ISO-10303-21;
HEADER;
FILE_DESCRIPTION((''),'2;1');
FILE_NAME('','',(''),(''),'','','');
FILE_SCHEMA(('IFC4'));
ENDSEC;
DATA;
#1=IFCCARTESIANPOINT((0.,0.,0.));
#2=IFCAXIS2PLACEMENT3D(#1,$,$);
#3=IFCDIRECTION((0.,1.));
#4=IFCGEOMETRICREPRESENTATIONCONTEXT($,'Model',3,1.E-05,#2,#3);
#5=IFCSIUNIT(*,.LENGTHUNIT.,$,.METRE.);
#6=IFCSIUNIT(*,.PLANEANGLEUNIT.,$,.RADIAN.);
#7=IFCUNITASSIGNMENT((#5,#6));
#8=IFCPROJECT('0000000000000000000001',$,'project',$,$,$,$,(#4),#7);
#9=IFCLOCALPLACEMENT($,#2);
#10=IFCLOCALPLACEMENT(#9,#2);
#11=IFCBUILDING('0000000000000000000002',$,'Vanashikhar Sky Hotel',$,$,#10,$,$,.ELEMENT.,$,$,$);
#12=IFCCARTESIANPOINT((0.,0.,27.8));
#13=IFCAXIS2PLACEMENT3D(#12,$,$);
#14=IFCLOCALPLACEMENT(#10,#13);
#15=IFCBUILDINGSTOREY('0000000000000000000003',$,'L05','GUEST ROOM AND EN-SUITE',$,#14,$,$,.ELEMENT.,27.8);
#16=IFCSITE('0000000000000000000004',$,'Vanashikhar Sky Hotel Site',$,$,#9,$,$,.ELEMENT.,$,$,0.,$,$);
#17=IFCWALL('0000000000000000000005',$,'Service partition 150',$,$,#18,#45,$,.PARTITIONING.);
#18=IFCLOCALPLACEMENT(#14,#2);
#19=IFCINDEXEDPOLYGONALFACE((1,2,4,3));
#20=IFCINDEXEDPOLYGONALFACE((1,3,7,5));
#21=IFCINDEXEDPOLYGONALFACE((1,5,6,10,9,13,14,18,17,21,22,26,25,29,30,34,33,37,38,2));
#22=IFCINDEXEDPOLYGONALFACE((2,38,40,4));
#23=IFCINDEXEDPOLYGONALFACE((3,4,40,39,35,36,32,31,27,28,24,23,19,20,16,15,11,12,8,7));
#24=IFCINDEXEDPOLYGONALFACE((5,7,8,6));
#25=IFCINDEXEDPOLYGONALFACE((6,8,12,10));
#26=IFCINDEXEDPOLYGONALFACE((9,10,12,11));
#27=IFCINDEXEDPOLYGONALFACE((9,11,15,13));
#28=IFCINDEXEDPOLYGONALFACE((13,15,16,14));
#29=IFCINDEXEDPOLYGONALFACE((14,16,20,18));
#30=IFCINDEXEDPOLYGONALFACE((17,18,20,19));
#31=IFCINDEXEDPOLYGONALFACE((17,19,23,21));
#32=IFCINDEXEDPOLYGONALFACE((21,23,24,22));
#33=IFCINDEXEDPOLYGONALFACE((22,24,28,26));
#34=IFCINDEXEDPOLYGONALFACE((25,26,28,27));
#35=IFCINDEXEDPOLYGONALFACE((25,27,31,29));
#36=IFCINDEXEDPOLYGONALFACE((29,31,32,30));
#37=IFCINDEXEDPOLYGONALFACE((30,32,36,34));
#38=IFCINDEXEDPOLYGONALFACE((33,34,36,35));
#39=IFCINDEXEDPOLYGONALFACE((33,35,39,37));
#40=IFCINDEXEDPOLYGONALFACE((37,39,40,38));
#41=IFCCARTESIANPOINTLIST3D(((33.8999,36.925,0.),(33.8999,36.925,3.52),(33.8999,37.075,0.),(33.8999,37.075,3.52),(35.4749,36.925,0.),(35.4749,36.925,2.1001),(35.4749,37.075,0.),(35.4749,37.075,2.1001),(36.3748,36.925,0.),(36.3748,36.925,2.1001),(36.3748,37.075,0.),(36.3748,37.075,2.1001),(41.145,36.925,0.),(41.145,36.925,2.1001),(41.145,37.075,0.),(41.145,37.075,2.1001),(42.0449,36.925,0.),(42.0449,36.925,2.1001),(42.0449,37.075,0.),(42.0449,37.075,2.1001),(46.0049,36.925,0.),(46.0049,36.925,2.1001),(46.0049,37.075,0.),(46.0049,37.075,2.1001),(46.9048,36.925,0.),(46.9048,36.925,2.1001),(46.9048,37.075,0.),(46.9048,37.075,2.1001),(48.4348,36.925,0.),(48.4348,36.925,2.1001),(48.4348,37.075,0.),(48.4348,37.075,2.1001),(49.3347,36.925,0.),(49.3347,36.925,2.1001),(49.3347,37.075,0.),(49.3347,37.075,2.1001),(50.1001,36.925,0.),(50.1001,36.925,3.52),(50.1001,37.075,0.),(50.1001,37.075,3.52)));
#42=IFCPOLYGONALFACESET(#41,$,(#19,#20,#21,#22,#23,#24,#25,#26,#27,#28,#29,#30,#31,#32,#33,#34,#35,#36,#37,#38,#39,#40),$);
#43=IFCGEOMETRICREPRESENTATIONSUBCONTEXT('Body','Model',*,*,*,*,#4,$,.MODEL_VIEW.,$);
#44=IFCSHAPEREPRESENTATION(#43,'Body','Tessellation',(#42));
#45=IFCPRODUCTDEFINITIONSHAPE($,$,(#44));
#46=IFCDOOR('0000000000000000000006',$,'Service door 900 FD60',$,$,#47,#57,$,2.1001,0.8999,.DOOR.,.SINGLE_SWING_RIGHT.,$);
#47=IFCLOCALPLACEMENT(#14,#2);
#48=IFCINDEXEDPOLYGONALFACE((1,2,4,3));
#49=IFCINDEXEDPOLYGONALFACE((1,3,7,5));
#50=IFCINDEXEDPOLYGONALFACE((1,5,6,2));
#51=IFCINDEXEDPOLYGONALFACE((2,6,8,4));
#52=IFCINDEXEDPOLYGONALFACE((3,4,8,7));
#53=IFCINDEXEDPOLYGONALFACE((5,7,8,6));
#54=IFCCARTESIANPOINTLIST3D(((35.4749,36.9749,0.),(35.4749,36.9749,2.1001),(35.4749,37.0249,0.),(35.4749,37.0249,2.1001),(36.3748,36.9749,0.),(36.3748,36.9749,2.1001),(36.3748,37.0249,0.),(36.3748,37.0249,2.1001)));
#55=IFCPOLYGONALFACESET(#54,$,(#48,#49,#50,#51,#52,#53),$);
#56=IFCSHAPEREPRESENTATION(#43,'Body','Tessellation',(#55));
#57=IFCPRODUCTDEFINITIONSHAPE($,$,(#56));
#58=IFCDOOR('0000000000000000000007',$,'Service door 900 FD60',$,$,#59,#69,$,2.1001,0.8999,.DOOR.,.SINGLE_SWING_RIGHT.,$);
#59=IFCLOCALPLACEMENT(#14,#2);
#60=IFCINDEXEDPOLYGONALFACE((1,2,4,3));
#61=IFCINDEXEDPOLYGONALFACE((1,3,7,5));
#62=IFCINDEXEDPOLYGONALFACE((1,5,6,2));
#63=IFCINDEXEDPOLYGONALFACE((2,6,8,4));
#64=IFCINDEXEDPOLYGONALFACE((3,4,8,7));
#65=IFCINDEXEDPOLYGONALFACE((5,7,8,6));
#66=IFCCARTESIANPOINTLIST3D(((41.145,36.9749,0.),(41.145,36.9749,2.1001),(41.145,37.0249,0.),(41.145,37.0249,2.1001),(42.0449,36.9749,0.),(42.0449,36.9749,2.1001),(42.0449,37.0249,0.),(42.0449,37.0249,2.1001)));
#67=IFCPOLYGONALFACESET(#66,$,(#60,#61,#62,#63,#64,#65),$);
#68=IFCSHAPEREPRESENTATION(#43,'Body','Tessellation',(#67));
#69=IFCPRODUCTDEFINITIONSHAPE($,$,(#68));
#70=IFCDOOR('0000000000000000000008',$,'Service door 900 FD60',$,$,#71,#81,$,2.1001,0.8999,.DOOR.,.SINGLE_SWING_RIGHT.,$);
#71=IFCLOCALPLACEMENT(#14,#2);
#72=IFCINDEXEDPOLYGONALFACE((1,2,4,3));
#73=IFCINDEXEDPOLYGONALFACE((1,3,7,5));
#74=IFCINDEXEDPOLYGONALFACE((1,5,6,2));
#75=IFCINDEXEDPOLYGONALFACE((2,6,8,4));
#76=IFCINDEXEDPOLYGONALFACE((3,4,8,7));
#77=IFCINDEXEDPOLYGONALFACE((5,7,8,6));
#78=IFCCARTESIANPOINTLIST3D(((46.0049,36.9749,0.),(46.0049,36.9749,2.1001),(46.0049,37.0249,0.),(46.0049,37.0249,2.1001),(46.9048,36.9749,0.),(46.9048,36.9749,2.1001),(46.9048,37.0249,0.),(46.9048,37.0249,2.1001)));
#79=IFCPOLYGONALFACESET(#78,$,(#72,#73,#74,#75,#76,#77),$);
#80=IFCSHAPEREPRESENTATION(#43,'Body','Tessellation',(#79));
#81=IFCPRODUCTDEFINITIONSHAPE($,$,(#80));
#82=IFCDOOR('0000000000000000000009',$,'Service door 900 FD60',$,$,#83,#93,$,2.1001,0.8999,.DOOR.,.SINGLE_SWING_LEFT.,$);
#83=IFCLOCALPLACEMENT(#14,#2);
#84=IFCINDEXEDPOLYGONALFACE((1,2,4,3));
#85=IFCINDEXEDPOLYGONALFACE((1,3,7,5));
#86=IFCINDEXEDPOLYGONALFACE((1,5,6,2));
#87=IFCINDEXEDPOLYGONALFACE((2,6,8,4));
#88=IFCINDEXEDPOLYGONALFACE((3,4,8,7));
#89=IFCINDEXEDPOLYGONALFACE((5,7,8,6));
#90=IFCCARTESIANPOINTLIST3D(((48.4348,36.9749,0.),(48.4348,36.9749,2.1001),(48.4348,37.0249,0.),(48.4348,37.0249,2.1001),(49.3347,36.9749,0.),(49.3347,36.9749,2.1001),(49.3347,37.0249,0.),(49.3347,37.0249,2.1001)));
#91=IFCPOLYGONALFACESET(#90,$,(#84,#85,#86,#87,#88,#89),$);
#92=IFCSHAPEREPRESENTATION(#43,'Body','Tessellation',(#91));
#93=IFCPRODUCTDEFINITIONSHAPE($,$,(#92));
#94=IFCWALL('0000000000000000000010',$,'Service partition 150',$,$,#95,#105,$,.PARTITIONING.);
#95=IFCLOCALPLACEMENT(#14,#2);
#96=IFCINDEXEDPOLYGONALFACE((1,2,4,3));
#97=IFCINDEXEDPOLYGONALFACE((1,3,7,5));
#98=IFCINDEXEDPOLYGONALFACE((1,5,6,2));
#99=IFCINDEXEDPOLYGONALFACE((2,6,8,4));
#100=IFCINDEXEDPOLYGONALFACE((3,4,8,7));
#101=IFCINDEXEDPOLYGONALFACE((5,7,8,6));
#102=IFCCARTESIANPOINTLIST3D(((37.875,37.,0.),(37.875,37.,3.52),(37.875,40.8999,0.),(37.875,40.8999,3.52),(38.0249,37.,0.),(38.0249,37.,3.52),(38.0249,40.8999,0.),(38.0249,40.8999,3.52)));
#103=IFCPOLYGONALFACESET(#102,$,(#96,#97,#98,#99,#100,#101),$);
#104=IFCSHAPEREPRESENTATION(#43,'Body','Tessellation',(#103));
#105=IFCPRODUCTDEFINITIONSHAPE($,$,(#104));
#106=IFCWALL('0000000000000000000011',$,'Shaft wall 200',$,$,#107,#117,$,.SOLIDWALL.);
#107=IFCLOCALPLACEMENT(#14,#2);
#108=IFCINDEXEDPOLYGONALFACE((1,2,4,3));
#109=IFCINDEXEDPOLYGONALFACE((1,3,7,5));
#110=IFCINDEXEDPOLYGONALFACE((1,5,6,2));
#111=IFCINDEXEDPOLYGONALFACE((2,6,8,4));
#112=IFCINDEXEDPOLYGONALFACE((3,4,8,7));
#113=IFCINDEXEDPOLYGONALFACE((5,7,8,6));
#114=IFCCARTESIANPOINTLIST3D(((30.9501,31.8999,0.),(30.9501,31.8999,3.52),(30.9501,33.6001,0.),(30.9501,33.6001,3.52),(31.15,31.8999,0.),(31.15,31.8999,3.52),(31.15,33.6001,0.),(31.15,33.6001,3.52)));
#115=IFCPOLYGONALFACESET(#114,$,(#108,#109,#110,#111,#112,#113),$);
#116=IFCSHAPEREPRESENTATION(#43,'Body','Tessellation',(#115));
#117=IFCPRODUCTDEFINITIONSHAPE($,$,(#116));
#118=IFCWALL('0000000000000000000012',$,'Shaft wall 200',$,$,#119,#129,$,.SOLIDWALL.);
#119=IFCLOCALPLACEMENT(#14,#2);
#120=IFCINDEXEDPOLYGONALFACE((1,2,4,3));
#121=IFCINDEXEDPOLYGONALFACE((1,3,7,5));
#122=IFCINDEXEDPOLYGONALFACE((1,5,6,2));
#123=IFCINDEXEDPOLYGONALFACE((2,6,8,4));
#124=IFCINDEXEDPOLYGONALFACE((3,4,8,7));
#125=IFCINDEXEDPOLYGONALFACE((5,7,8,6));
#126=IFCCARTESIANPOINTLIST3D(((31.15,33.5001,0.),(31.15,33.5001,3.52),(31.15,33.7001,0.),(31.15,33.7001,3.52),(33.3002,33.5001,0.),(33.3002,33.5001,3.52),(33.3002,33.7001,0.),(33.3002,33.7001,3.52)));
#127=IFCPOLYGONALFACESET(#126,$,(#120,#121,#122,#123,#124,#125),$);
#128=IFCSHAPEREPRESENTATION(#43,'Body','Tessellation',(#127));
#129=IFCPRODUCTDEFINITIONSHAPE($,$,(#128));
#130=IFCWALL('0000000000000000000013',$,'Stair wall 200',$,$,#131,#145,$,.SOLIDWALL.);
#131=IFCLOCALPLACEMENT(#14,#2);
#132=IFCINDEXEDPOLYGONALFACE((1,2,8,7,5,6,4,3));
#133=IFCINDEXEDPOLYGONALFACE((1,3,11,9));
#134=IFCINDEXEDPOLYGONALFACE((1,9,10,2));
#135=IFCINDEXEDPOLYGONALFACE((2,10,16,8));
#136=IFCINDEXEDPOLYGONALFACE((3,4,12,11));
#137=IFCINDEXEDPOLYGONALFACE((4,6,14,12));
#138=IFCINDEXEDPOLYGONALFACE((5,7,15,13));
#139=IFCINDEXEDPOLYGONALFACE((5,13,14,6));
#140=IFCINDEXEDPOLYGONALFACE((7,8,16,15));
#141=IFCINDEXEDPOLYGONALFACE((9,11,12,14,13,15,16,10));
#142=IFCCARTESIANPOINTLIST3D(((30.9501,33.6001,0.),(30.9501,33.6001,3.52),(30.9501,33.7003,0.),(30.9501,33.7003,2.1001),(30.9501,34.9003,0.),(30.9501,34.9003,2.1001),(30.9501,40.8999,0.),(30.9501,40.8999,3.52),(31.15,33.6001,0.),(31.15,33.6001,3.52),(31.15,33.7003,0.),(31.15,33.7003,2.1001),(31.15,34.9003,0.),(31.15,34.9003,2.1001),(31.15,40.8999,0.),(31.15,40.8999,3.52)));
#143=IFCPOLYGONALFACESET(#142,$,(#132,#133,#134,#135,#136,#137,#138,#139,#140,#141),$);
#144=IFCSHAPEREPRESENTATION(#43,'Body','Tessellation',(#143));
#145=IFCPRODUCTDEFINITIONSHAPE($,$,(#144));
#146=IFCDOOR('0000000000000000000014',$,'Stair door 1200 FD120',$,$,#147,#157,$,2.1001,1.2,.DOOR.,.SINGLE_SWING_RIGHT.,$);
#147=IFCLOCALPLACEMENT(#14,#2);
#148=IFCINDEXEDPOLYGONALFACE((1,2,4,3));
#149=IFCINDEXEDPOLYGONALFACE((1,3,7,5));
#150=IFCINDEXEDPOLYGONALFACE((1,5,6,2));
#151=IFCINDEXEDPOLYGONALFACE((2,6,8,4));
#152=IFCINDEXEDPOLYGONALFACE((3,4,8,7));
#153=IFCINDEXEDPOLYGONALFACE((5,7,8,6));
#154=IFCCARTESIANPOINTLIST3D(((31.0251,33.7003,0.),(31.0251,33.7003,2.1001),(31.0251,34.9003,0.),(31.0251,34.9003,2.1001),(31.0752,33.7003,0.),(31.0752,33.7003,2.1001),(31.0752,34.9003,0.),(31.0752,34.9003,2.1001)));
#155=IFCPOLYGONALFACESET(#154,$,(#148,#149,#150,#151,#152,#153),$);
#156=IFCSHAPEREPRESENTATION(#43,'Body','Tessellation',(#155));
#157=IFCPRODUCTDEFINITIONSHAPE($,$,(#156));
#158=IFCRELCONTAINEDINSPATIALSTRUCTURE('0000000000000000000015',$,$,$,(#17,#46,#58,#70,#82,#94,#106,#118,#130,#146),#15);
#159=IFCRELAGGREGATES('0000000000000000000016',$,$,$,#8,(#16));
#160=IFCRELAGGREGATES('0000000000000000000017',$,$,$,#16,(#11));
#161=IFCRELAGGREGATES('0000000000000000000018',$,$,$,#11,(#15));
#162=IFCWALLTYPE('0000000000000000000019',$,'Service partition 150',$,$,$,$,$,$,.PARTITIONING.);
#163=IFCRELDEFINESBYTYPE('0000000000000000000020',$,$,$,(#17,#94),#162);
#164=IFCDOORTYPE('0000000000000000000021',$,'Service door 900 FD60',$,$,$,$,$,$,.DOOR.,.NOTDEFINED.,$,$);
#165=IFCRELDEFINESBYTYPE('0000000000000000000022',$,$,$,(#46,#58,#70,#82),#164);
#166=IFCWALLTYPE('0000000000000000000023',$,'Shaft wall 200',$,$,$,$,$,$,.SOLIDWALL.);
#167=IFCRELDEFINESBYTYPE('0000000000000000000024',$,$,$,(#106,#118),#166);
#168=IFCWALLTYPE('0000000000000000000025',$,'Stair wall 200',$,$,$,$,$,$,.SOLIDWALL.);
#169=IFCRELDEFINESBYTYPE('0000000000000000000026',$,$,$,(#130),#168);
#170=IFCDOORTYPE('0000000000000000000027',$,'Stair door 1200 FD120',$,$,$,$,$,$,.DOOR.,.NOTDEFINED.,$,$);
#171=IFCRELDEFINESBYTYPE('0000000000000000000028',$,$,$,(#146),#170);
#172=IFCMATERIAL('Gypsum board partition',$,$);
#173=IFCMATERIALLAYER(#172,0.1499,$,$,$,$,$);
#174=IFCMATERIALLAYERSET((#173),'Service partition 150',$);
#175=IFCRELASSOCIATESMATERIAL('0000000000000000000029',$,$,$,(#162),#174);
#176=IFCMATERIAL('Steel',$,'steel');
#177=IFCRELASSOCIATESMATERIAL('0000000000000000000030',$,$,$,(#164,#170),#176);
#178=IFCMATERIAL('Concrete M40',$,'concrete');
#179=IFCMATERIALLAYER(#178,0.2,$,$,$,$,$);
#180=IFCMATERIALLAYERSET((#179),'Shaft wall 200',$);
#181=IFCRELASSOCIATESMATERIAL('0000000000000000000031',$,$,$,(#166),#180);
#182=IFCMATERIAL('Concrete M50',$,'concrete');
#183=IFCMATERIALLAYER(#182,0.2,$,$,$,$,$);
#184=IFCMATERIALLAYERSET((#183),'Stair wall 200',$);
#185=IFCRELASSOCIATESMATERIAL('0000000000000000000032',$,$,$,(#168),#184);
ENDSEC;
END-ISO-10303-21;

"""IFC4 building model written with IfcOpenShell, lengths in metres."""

from ifc_helpers import new_model, si_unit, direction, frame, frame_2d, origin, place, context, subcontext, project, spatial, rectangle, extrude, source, transform, mapped, material, layer, layer_set, type_object, element, fill, save


model = new_model("IFC4")

# Units and contexts
model_context = context("Model", 3, precision=1e-05, world=origin(), true_north=direction((0.0, 1.0)))
body_context = subcontext(model_context, "Body", "Model", "MODEL_VIEW")
ifc_project = project(units=[si_unit("LENGTHUNIT", "METRE"), si_unit("PLANEANGLEUNIT", "RADIAN")], contexts=[model_context])

# Site, building, storey
site_placement = place(None, origin())
site = spatial("IfcSite", under=ifc_project, at=site_placement, Name="Vanashikhar Sky Hotel Site", CompositionType="ELEMENT", RefElevation=0.0)
building_placement = place(site_placement, origin())
building = spatial("IfcBuilding", under=site, at=building_placement, Name="Vanashikhar Sky Hotel", CompositionType="ELEMENT")
storey_placement = place(building_placement, frame((0.0, 0.0, 27.8)))
storey = spatial("IfcBuildingStorey", under=building, at=storey_placement, Name="L05", Description="GUEST ROOM AND EN-SUITE", CompositionType="ELEMENT", Elevation=27.8)

# Shared definitions
ifc_material_1 = material(Name="Steel", Category="steel")

# Shared definitions
ifc_material_2 = material(Name="Gypsum board partition")
ifc_layer_1 = layer(ifc_material_2, 0.1499)
ifc_layer_set_1 = layer_set([ifc_layer_1], Name="Service partition 150")
wall_type_1 = type_object("IfcWallType", Name="Service partition 150", PredefinedType="PARTITIONING", material=ifc_layer_set_1)

# Wall, openings, doors
shared_shape_1 = source(origin(), body_context, "Body", "SweptSolid", [
    extrude(rectangle(XDim=0.8999, YDim=2.1001, at=frame_2d((0.45, 1.05))), frame((0.0, 0.085, 0.0), z_axis=(0.0, -1.0, 0.0), x_axis=(1.0, 0.0, 0.0)), (0.0, 0.0, 1.0), 0.1699),
])
door_type_1 = type_object("IfcDoorType", Name="Service door 900 FD60", OperationType="NOTDEFINED", PredefinedType="DOOR", material=ifc_material_1)
shared_shape_2 = source(origin(), body_context, "Body", "SweptSolid", [
    extrude(rectangle(XDim=0.8999, YDim=2.1001, at=frame_2d((0.45, 1.05))), frame((0.0, 0.0249, 0.0), z_axis=(0.0, -1.0, 0.0), x_axis=(1.0, 0.0, 0.0)), (0.0, 0.0, 1.0), 0.05),
])
shared_shape_3 = source(origin(), body_context, "Body", "SweptSolid", [
    extrude(rectangle(XDim=16.2002, YDim=0.1499, at=frame_2d((8.1001, 0.0))), origin(), (0.0, 0.0, 1.0), 3.52),
])
wall_1_placement = place(storey_placement, frame((33.8999, 37.0, 0.0), z_axis=(0.0, 0.0, 1.0), x_axis=(1.0, 0.0, 0.0)))
wall_1 = element("IfcWall", 1, at=wall_1_placement, inside=storey, type_object=wall_type_1, Name="Service partition 150", PredefinedType="PARTITIONING", context=body_context, shape_type="MappedRepresentation", body=[
    mapped(shared_shape_3, transform((0.0, 0.0, 0.0), scale=1.0)),
])
opening_1_placement = place(wall_1_placement, frame((1.575, 0.0, 0.0)))
opening_1 = element("IfcOpeningElement", 2, at=opening_1_placement, cuts=wall_1, PredefinedType="OPENING", context=body_context, shape_type="MappedRepresentation", body=[
    mapped(shared_shape_1, transform((0.0, 0.0, 0.0), scale=1.0)),
])
opening_2_placement = place(wall_1_placement, frame((7.2451, 0.0, 0.0)))
opening_2 = element("IfcOpeningElement", 3, at=opening_2_placement, cuts=wall_1, PredefinedType="OPENING", context=body_context, shape_type="MappedRepresentation", body=[
    mapped(shared_shape_1, transform((0.0, 0.0, 0.0), scale=1.0)),
])
opening_3_placement = place(wall_1_placement, frame((12.105, 0.0, 0.0)))
opening_3 = element("IfcOpeningElement", 4, at=opening_3_placement, cuts=wall_1, PredefinedType="OPENING", context=body_context, shape_type="MappedRepresentation", body=[
    mapped(shared_shape_1, transform((0.0, 0.0, 0.0), scale=1.0)),
])
opening_4_placement = place(wall_1_placement, frame((14.5349, 0.0, 0.0)))
opening_4 = element("IfcOpeningElement", 5, at=opening_4_placement, cuts=wall_1, PredefinedType="OPENING", context=body_context, shape_type="MappedRepresentation", body=[
    mapped(shared_shape_1, transform((0.0, 0.0, 0.0), scale=1.0)),
])
door_1_placement = place(opening_1_placement, origin())
door_1 = element("IfcDoor", 6, at=door_1_placement, inside=storey, type_object=door_type_1, Name="Service door 900 FD60", OperationType="SINGLE_SWING_RIGHT", OverallHeight=2.1001, OverallWidth=0.8999, PredefinedType="DOOR", context=body_context, shape_type="MappedRepresentation", body=[
    mapped(shared_shape_2, transform((0.0, 0.0, 0.0), scale=1.0)),
])
fill(opening_1, door_1)
door_2_placement = place(opening_2_placement, origin())
door_2 = element("IfcDoor", 7, at=door_2_placement, inside=storey, type_object=door_type_1, Name="Service door 900 FD60", OperationType="SINGLE_SWING_RIGHT", OverallHeight=2.1001, OverallWidth=0.8999, PredefinedType="DOOR", context=body_context, shape_type="MappedRepresentation", body=[
    mapped(shared_shape_2, transform((0.0, 0.0, 0.0), scale=1.0)),
])
fill(opening_2, door_2)
door_3_placement = place(opening_3_placement, origin())
door_3 = element("IfcDoor", 8, at=door_3_placement, inside=storey, type_object=door_type_1, Name="Service door 900 FD60", OperationType="SINGLE_SWING_RIGHT", OverallHeight=2.1001, OverallWidth=0.8999, PredefinedType="DOOR", context=body_context, shape_type="MappedRepresentation", body=[
    mapped(shared_shape_2, transform((0.0, 0.0, 0.0), scale=1.0)),
])
fill(opening_3, door_3)
door_4_placement = place(opening_4_placement, origin())
door_4 = element("IfcDoor", 9, at=door_4_placement, inside=storey, type_object=door_type_1, Name="Service door 900 FD60", OperationType="SINGLE_SWING_LEFT", OverallHeight=2.1001, OverallWidth=0.8999, PredefinedType="DOOR", context=body_context, shape_type="MappedRepresentation", body=[
    mapped(shared_shape_2, transform((0.0, 0.0, 0.0), scale=1.0)),
])
fill(opening_4, door_4)

# Walls
shared_shape_4 = source(origin(), body_context, "Body", "SweptSolid", [
    extrude(rectangle(XDim=3.8999, YDim=0.1499, at=frame_2d((1.95, 0.0))), origin(), (0.0, 0.0, 1.0), 3.52),
])
wall_2_placement = place(storey_placement, frame((37.95, 37.0, 0.0), z_axis=(0.0, 0.0, 1.0), x_axis=(0.0, 1.0, 0.0)))
element("IfcWall", 10, at=wall_2_placement, inside=storey, type_object=wall_type_1, Name="Service partition 150", PredefinedType="PARTITIONING", context=body_context, shape_type="MappedRepresentation", body=[
    mapped(shared_shape_4, transform((0.0, 0.0, 0.0), scale=1.0)),
])
ifc_material_3 = material(Name="Concrete M40", Category="concrete")
ifc_layer_2 = layer(ifc_material_3, 0.2)
ifc_layer_set_2 = layer_set([ifc_layer_2], Name="Shaft wall 200")
wall_type_2 = type_object("IfcWallType", Name="Shaft wall 200", PredefinedType="SOLIDWALL", material=ifc_layer_set_2)
shared_shape_5 = source(origin(), body_context, "Body", "SweptSolid", [
    extrude(rectangle(XDim=1.7002, YDim=0.2, at=frame_2d((0.8501, 0.0))), origin(), (0.0, 0.0, 1.0), 3.52),
])
wall_3_placement = place(storey_placement, frame((31.05, 31.8999, 0.0), z_axis=(0.0, 0.0, 1.0), x_axis=(0.0, 1.0, 0.0)))
element("IfcWall", 11, at=wall_3_placement, inside=storey, type_object=wall_type_2, Name="Shaft wall 200", PredefinedType="SOLIDWALL", context=body_context, shape_type="MappedRepresentation", body=[
    mapped(shared_shape_5, transform((0.0, 0.0, 0.0), scale=1.0)),
])
shared_shape_6 = source(origin(), body_context, "Body", "SweptSolid", [
    extrude(rectangle(XDim=2.1501, YDim=0.2, at=frame_2d((1.0752, 0.0))), origin(), (0.0, 0.0, 1.0), 3.52),
])
wall_4_placement = place(storey_placement, frame((31.1499, 33.6001, 0.0), z_axis=(0.0, 0.0, 1.0), x_axis=(1.0, 0.0, 0.0)))
element("IfcWall", 12, at=wall_4_placement, inside=storey, type_object=wall_type_2, Name="Shaft wall 200", PredefinedType="SOLIDWALL", context=body_context, shape_type="MappedRepresentation", body=[
    mapped(shared_shape_6, transform((0.0, 0.0, 0.0), scale=1.0)),
])

# Wall, opening, door
ifc_material_4 = material(Name="Concrete M50", Category="concrete")
ifc_layer_3 = layer(ifc_material_4, 0.2)
ifc_layer_set_3 = layer_set([ifc_layer_3], Name="Stair wall 200")
wall_type_3 = type_object("IfcWallType", Name="Stair wall 200", PredefinedType="SOLIDWALL", material=ifc_layer_set_3)
shared_shape_7 = source(origin(), body_context, "Body", "SweptSolid", [
    extrude(rectangle(XDim=7.2998, YDim=0.2, at=frame_2d((3.6499, 0.0))), origin(), (0.0, 0.0, 1.0), 3.52),
])
wall_5_placement = place(storey_placement, frame((31.05, 33.6001, 0.0), z_axis=(0.0, 0.0, 1.0), x_axis=(0.0, 1.0, 0.0)))
wall_5 = element("IfcWall", 13, at=wall_5_placement, inside=storey, type_object=wall_type_3, Name="Stair wall 200", PredefinedType="SOLIDWALL", context=body_context, shape_type="MappedRepresentation", body=[
    mapped(shared_shape_7, transform((0.0, 0.0, 0.0), scale=1.0)),
])
shared_shape_8 = source(origin(), body_context, "Body", "SweptSolid", [
    extrude(rectangle(XDim=1.2, YDim=2.1001, at=frame_2d((0.6001, 1.05))), frame((0.0, 0.1099, 0.0), z_axis=(0.0, -1.0, 0.0), x_axis=(1.0, 0.0, 0.0)), (0.0, 0.0, 1.0), 0.22),
])
opening_5_placement = place(wall_5_placement, frame((0.1001, 0.0, 0.0)))
opening_5 = element("IfcOpeningElement", 14, at=opening_5_placement, cuts=wall_5, PredefinedType="OPENING", context=body_context, shape_type="MappedRepresentation", body=[
    mapped(shared_shape_8, transform((0.0, 0.0, 0.0), scale=1.0)),
])
door_type_2 = type_object("IfcDoorType", Name="Stair door 1200 FD120", OperationType="NOTDEFINED", PredefinedType="DOOR", material=ifc_material_1)
shared_shape_9 = source(origin(), body_context, "Body", "SweptSolid", [
    extrude(rectangle(XDim=1.2, YDim=2.1001, at=frame_2d((0.6001, 1.05))), frame((0.0, 0.0249, 0.0), z_axis=(0.0, -1.0, 0.0), x_axis=(1.0, 0.0, 0.0)), (0.0, 0.0, 1.0), 0.05),
])
door_5_placement = place(opening_5_placement, origin())
door_5 = element("IfcDoor", 15, at=door_5_placement, inside=storey, type_object=door_type_2, Name="Stair door 1200 FD120", OperationType="SINGLE_SWING_RIGHT", OverallHeight=2.1001, OverallWidth=1.2, PredefinedType="DOOR", context=body_context, shape_type="MappedRepresentation", body=[
    mapped(shared_shape_9, transform((0.0, 0.0, 0.0), scale=1.0)),
])
fill(opening_5, door_5)

save(model, "model.ifc")
